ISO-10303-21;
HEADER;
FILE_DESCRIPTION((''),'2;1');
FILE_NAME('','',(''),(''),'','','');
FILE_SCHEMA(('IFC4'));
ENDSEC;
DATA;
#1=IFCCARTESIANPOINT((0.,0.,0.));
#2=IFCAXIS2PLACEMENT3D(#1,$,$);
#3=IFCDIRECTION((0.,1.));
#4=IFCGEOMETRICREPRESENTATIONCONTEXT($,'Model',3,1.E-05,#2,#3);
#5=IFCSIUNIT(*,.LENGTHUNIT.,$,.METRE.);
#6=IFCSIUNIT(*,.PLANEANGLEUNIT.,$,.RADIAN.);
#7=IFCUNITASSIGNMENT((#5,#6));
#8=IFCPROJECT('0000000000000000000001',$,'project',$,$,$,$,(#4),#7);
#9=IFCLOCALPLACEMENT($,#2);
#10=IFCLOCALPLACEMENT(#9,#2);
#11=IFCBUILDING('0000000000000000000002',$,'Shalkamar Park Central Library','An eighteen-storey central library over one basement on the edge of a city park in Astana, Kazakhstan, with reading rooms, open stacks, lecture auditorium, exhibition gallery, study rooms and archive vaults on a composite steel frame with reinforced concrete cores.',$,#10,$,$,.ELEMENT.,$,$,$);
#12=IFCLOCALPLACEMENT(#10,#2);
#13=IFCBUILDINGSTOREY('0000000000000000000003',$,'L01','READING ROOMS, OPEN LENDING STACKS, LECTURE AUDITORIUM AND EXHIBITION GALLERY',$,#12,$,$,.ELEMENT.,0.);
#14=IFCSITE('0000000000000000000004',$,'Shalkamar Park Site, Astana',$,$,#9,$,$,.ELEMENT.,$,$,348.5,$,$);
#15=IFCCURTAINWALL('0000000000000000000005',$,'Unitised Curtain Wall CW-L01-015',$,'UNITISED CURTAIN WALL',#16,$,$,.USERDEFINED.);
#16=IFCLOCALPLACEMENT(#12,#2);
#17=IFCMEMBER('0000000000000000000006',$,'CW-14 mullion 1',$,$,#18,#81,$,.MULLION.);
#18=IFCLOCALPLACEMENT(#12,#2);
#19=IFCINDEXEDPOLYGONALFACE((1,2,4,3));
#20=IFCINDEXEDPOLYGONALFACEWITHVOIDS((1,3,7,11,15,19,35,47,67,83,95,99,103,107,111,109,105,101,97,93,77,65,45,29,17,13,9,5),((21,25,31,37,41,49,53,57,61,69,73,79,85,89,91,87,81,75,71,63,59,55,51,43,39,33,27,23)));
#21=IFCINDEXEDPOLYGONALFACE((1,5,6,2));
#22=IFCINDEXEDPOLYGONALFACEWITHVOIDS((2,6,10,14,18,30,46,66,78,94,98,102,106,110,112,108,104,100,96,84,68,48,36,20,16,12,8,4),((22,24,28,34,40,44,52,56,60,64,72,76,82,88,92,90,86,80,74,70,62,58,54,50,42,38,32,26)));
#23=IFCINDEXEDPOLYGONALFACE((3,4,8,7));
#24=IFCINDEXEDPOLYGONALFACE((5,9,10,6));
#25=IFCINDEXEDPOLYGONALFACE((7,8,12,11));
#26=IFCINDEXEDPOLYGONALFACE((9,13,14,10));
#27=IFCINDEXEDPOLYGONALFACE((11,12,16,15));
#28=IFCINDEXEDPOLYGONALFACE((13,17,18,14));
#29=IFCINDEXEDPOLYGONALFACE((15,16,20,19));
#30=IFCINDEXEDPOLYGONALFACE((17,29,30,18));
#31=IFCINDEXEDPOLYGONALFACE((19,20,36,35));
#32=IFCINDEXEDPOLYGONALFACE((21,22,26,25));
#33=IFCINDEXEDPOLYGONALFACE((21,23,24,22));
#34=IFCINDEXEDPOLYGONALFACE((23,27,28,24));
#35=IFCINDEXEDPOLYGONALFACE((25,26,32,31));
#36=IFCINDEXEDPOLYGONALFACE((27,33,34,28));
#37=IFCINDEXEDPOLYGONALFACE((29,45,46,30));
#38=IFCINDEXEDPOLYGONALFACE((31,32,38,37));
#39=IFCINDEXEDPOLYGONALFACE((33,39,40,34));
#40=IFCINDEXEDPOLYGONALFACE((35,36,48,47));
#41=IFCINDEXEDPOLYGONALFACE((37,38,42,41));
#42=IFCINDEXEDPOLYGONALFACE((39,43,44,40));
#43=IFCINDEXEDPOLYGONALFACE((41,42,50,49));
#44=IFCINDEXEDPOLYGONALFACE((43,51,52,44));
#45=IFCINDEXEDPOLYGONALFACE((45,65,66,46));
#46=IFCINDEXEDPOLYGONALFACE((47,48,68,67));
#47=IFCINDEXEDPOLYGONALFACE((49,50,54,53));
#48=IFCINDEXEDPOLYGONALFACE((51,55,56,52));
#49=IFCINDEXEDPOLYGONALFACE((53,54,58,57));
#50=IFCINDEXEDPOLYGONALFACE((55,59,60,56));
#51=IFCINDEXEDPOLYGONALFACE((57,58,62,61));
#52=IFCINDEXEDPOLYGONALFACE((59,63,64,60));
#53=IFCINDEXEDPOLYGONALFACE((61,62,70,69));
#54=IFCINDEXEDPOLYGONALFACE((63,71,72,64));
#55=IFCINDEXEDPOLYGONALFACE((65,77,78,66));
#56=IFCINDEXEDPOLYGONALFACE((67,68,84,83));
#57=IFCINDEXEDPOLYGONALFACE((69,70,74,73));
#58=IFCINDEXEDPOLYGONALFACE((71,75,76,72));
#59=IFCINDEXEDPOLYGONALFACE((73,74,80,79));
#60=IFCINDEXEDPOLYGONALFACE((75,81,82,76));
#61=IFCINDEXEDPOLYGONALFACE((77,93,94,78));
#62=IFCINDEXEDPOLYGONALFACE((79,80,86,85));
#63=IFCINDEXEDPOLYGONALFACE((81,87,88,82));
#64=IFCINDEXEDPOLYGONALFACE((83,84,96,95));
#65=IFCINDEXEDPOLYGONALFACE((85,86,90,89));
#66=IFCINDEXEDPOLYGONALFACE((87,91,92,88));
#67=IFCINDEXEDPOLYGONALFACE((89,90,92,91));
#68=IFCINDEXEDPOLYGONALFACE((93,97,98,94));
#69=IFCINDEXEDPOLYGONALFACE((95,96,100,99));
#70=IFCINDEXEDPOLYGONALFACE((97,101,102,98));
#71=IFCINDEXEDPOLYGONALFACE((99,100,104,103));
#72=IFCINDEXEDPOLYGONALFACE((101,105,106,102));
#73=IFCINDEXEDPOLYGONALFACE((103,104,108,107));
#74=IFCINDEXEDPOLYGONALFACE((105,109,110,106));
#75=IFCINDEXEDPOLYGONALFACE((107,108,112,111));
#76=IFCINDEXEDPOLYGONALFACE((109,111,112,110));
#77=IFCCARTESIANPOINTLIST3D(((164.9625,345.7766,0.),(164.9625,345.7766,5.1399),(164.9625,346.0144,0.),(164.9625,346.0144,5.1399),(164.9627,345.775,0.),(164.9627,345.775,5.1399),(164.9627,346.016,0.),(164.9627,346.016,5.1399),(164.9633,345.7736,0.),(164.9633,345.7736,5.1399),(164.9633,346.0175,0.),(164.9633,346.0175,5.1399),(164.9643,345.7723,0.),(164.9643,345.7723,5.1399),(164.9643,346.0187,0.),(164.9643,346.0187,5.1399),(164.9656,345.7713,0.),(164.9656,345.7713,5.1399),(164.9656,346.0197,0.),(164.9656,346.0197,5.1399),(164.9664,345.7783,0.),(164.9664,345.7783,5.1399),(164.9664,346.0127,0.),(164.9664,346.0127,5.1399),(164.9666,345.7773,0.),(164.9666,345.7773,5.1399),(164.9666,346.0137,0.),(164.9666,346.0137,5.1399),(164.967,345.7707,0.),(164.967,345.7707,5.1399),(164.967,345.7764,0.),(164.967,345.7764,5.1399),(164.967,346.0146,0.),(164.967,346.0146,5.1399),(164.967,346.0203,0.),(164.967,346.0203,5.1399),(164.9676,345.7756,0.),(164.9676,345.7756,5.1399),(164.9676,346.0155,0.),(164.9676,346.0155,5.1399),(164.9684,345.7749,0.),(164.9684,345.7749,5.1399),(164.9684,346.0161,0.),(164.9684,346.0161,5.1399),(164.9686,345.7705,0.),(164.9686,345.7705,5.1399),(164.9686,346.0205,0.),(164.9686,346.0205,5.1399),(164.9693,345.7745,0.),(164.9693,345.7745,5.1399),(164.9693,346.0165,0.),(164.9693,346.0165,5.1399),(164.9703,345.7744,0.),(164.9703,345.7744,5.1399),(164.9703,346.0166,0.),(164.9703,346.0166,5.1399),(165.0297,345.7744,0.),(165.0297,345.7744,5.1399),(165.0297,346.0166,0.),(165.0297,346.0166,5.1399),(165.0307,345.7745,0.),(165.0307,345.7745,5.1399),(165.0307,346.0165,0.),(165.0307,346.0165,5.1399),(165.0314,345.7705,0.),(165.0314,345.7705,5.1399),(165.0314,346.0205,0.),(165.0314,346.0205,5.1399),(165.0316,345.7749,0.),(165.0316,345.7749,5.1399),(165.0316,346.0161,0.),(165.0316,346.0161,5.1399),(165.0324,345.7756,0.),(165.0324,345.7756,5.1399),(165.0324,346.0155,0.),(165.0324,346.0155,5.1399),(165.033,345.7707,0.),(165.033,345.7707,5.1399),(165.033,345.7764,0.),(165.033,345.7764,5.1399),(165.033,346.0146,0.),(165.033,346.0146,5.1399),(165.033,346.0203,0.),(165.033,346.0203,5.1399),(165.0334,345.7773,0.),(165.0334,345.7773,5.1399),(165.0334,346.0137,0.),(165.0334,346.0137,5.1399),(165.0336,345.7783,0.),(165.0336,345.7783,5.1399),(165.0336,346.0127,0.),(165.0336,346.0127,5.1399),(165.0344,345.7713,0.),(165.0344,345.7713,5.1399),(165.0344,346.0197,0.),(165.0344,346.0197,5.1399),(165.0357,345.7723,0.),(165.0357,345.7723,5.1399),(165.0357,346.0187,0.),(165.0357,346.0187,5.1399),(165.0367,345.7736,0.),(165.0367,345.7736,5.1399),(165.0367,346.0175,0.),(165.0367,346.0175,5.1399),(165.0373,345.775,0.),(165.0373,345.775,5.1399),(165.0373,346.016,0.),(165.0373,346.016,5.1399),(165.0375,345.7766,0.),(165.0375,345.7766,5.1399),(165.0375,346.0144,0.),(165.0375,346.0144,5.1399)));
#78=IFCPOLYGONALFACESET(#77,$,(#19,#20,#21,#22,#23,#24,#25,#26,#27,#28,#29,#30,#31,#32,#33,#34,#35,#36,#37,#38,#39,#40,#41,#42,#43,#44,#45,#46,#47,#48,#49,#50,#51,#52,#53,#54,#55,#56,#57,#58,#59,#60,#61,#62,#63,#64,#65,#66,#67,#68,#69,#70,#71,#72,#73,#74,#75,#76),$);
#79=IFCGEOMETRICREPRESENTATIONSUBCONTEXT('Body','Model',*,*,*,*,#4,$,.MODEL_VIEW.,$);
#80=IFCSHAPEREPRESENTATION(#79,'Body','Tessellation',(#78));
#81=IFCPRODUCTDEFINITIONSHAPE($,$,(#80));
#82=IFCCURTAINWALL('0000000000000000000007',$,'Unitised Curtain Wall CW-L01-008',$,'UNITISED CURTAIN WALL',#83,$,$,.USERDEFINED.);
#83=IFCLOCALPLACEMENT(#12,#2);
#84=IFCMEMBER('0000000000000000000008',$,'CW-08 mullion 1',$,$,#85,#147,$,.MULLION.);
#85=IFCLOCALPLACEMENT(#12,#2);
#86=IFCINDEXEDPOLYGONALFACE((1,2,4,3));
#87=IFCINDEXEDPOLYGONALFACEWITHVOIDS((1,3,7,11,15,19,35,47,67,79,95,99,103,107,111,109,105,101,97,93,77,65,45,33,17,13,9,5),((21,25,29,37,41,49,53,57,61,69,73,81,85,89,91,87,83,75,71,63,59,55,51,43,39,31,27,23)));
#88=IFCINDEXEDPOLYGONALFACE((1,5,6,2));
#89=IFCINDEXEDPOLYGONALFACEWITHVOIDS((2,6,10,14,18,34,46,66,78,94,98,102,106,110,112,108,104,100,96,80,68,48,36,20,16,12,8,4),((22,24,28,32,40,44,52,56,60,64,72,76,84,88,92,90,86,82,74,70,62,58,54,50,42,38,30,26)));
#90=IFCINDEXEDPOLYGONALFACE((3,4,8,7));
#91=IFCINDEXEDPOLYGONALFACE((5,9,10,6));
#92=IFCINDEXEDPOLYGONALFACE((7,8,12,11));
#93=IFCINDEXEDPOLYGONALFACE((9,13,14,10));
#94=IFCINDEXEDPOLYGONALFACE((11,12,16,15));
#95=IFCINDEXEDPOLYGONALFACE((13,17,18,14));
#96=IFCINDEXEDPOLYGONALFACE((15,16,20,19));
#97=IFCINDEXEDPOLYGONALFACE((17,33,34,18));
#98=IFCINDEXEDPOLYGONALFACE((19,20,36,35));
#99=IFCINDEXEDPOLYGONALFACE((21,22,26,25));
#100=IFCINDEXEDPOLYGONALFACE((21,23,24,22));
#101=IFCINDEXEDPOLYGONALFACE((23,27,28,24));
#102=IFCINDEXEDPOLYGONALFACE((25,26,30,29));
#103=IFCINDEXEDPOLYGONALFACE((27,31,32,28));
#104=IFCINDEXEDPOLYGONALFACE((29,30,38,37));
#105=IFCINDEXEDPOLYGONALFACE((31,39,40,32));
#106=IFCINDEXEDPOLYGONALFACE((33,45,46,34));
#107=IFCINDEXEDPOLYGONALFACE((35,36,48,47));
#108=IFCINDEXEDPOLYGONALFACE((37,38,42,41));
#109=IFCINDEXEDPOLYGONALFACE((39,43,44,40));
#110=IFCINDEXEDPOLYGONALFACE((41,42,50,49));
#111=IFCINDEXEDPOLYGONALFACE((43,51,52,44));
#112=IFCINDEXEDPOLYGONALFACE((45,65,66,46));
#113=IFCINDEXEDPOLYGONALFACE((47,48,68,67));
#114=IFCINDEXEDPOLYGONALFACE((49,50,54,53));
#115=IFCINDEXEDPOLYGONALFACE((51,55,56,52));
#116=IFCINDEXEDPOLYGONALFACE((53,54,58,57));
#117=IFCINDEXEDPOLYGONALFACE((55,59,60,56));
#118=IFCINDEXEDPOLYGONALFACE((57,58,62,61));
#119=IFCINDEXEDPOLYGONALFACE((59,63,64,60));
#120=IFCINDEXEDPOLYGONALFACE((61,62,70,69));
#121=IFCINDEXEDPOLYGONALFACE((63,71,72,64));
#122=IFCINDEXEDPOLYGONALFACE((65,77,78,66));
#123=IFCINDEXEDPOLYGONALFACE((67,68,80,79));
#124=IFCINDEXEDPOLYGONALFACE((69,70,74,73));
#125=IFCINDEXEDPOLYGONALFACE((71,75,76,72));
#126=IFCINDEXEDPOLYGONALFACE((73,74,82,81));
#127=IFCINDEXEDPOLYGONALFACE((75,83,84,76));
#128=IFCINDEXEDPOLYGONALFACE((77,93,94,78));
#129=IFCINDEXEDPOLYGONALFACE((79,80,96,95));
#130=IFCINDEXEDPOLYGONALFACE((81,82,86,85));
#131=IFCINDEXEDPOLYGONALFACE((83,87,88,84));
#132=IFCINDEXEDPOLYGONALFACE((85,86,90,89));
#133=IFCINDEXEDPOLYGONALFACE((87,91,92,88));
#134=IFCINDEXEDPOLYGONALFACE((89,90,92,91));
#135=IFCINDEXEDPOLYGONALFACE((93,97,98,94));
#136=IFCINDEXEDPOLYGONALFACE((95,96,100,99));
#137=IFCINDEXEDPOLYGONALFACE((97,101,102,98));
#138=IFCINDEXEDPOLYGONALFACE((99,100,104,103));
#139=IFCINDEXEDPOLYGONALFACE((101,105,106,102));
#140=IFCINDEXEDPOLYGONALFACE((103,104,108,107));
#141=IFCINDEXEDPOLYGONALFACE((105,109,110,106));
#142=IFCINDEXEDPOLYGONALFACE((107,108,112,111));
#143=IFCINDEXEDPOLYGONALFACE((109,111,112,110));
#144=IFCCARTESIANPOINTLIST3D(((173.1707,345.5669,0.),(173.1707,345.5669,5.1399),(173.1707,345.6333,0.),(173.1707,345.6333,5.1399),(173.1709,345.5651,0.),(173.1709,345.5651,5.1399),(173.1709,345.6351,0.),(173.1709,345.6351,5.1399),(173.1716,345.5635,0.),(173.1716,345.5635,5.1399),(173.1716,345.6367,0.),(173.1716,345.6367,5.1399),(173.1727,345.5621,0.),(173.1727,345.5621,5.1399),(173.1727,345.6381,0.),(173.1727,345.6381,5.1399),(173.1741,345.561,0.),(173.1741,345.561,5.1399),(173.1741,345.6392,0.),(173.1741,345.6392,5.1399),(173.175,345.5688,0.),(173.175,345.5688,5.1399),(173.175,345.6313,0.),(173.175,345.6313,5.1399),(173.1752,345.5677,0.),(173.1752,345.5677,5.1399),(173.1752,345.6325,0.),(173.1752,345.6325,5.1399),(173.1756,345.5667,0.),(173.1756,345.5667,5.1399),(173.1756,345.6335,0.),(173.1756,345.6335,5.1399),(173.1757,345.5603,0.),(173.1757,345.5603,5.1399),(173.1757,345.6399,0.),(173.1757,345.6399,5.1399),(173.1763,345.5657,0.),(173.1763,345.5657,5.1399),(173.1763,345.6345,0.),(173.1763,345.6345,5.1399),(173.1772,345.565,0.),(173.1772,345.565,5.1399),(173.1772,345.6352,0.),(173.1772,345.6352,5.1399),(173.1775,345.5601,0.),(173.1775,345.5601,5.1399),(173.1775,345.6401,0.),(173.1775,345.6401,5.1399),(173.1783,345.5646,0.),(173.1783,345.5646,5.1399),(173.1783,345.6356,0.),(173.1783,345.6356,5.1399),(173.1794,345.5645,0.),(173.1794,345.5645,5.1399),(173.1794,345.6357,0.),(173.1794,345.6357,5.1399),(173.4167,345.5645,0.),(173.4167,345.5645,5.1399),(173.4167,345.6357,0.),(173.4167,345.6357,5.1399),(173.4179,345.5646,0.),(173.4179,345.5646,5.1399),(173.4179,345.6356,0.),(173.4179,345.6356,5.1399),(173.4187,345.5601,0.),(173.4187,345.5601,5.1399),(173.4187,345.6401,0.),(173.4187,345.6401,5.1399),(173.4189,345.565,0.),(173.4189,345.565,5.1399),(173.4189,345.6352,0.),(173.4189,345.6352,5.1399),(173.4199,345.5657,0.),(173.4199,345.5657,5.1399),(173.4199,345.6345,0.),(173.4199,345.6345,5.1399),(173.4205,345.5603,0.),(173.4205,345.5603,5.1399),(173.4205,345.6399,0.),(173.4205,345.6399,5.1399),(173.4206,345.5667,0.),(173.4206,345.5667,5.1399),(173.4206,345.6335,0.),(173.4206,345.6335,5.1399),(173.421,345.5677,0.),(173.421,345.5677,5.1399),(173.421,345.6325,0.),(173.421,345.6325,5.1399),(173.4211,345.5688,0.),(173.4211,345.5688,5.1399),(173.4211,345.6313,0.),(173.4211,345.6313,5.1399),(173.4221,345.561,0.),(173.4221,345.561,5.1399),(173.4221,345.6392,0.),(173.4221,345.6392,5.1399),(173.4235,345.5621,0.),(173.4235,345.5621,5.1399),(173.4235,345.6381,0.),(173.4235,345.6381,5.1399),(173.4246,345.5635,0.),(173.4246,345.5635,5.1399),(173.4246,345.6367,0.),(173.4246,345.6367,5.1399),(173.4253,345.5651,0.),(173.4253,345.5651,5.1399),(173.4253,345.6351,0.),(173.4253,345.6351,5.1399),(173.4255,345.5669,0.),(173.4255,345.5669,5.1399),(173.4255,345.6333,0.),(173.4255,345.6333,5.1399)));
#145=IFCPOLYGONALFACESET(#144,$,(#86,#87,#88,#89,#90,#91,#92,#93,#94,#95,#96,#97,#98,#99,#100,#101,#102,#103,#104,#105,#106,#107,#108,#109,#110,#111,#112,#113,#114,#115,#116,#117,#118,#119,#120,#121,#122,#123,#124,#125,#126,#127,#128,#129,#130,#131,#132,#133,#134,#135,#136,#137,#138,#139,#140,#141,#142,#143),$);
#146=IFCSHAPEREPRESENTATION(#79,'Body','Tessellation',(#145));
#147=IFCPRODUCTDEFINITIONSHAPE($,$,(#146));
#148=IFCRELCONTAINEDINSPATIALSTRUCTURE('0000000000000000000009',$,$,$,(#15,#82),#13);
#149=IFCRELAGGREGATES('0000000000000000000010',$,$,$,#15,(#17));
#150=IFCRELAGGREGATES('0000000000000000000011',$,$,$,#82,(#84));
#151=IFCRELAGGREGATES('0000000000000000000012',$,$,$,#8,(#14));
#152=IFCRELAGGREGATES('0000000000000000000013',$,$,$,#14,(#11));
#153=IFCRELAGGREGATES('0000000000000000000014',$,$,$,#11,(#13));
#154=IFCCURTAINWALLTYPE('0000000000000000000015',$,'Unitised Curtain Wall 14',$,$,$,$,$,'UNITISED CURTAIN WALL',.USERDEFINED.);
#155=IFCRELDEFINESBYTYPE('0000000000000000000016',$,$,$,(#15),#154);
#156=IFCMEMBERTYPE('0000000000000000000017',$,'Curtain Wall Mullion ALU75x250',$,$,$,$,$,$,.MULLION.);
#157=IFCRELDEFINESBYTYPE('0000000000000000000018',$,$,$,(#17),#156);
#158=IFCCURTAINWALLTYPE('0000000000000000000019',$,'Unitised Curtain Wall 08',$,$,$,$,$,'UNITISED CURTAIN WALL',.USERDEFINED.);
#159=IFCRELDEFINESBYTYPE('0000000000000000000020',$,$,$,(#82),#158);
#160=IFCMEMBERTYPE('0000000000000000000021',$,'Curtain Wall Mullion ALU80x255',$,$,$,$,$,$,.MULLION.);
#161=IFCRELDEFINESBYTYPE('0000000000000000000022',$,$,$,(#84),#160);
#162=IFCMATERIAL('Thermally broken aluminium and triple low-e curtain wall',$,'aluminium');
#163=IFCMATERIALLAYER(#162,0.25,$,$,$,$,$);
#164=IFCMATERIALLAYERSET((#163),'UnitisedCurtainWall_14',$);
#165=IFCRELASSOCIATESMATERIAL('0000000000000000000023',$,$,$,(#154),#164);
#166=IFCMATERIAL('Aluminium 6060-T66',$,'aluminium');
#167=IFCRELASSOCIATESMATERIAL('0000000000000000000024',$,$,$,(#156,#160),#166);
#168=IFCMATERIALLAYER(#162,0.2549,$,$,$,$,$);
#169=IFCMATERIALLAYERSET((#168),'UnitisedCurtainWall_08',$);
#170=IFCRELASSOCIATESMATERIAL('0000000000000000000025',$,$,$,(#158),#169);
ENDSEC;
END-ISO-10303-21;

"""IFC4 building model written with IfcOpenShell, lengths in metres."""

from ifc_helpers import new_model, si_unit, direction, frame, origin, origin_2d, place, context, subcontext, project, spatial, hollow_rectangle, extrude, material, layer, layer_set, material_profile, profile_set, type_object, element, aggregate, save


model = new_model("IFC4")

# Units and contexts
model_context = context("Model", 3, precision=1e-05, world=origin(), true_north=direction((0.0, 1.0)))
body_context = subcontext(model_context, "Body", "Model", "MODEL_VIEW")
ifc_project = project(units=[si_unit("LENGTHUNIT", "METRE"), si_unit("PLANEANGLEUNIT", "RADIAN")], contexts=[model_context])

# Site, building, storey
site_placement = place(None, origin())
site = spatial("IfcSite", under=ifc_project, at=site_placement, Name="Shalkamar Park Site, Astana", CompositionType="ELEMENT", RefElevation=348.5)
building_placement = place(site_placement, origin())
building = spatial("IfcBuilding", under=site, at=building_placement, Name="Shalkamar Park Central Library", Description="An eighteen-storey central library over one basement on the edge of a city park in Astana, Kazakhstan, with reading rooms, open stacks, lecture auditorium, exhibition gallery, study rooms and archive vaults on a composite steel frame with reinforced concrete cores.", CompositionType="ELEMENT")
storey_placement = place(building_placement, origin())
storey = spatial("IfcBuildingStorey", under=building, at=storey_placement, Name="L01", Description="READING ROOMS, OPEN LENDING STACKS, LECTURE AUDITORIUM AND EXHIBITION GALLERY", CompositionType="ELEMENT", Elevation=0.0)

# Curtain walls, members
ifc_material_1 = material(Name="Thermally broken aluminium and triple low-e curtain wall", Category="aluminium")
ifc_layer_1 = layer(ifc_material_1, 0.25)
ifc_layer_set_1 = layer_set([ifc_layer_1], Name="UnitisedCurtainWall_14")
curtain_wall_type_1 = type_object("IfcCurtainWallType", Name="Unitised Curtain Wall 14", ElementType="UNITISED CURTAIN WALL", PredefinedType="USERDEFINED", material=ifc_layer_set_1)
curtain_wall_1_placement = place(storey_placement, origin())
curtain_wall_1 = element("IfcCurtainWall", 1, at=curtain_wall_1_placement, inside=storey, type_object=curtain_wall_type_1, Name="Unitised Curtain Wall CW-L01-015", ObjectType="UNITISED CURTAIN WALL", PredefinedType="USERDEFINED")
ifc_material_2 = material(Name="Aluminium 6060-T66", Category="aluminium")
ifc_material_profile_1 = material_profile(ifc_material_2, hollow_rectangle(XDim=0.075, YDim=0.25, WallThickness=0.0039, InnerFilletRadius=0.0039, OuterFilletRadius=0.0061, at=origin_2d()), Name="ALU 75x250x4")
ifc_profile_set_1 = profile_set([ifc_material_profile_1], Name="Aluminium 6060-T66")
member_type_1 = type_object("IfcMemberType", Name="Curtain Wall Mullion ALU75x250", PredefinedType="MULLION", material=ifc_profile_set_1)
member_1_placement = place(storey_placement, frame((165.0, 345.8955, 0.0), z_axis=(0.0, 0.0, 1.0), x_axis=(-1.0, 0.0, 0.0)))
member_1 = element("IfcMember", 2, at=member_1_placement, type_object=member_type_1, Name="CW-14 mullion 1", PredefinedType="MULLION", context=body_context, shape_type="SweptSolid", body=[
    extrude(hollow_rectangle(XDim=0.075, YDim=0.25, WallThickness=0.0039, InnerFilletRadius=0.0039, OuterFilletRadius=0.0061, at=origin_2d()), origin(), (0.0, 0.0, 1.0), 5.1399),
])
ifc_layer_2 = layer(ifc_material_1, 0.2549)
ifc_layer_set_2 = layer_set([ifc_layer_2], Name="UnitisedCurtainWall_08")
curtain_wall_type_2 = type_object("IfcCurtainWallType", Name="Unitised Curtain Wall 08", ElementType="UNITISED CURTAIN WALL", PredefinedType="USERDEFINED", material=ifc_layer_set_2)
curtain_wall_2_placement = place(storey_placement, origin())
curtain_wall_2 = element("IfcCurtainWall", 3, at=curtain_wall_2_placement, inside=storey, type_object=curtain_wall_type_2, Name="Unitised Curtain Wall CW-L01-008", ObjectType="UNITISED CURTAIN WALL", PredefinedType="USERDEFINED")
ifc_material_profile_2 = material_profile(ifc_material_2, hollow_rectangle(XDim=0.0801, YDim=0.2549, WallThickness=0.0044, InnerFilletRadius=0.0044, OuterFilletRadius=0.0068, at=origin_2d()), Name="ALU 80x255x4.5")
ifc_profile_set_2 = profile_set([ifc_material_profile_2], Name="Aluminium 6060-T66")
member_type_2 = type_object("IfcMemberType", Name="Curtain Wall Mullion ALU80x255", PredefinedType="MULLION", material=ifc_profile_set_2)
member_2_placement = place(storey_placement, frame((173.2981, 345.6001, 0.0), z_axis=(0.0, 0.0, 1.0), x_axis=(0.0, 1.0, 0.0)))
member_2 = element("IfcMember", 4, at=member_2_placement, type_object=member_type_2, Name="CW-08 mullion 1", PredefinedType="MULLION", context=body_context, shape_type="SweptSolid", body=[
    extrude(hollow_rectangle(XDim=0.0801, YDim=0.2549, WallThickness=0.0044, InnerFilletRadius=0.0044, OuterFilletRadius=0.0068, at=origin_2d()), origin(), (0.0, 0.0, 1.0), 5.1399),
])

aggregate(curtain_wall_1, [member_1])
aggregate(curtain_wall_2, [member_2])

save(model, "model.ifc")
